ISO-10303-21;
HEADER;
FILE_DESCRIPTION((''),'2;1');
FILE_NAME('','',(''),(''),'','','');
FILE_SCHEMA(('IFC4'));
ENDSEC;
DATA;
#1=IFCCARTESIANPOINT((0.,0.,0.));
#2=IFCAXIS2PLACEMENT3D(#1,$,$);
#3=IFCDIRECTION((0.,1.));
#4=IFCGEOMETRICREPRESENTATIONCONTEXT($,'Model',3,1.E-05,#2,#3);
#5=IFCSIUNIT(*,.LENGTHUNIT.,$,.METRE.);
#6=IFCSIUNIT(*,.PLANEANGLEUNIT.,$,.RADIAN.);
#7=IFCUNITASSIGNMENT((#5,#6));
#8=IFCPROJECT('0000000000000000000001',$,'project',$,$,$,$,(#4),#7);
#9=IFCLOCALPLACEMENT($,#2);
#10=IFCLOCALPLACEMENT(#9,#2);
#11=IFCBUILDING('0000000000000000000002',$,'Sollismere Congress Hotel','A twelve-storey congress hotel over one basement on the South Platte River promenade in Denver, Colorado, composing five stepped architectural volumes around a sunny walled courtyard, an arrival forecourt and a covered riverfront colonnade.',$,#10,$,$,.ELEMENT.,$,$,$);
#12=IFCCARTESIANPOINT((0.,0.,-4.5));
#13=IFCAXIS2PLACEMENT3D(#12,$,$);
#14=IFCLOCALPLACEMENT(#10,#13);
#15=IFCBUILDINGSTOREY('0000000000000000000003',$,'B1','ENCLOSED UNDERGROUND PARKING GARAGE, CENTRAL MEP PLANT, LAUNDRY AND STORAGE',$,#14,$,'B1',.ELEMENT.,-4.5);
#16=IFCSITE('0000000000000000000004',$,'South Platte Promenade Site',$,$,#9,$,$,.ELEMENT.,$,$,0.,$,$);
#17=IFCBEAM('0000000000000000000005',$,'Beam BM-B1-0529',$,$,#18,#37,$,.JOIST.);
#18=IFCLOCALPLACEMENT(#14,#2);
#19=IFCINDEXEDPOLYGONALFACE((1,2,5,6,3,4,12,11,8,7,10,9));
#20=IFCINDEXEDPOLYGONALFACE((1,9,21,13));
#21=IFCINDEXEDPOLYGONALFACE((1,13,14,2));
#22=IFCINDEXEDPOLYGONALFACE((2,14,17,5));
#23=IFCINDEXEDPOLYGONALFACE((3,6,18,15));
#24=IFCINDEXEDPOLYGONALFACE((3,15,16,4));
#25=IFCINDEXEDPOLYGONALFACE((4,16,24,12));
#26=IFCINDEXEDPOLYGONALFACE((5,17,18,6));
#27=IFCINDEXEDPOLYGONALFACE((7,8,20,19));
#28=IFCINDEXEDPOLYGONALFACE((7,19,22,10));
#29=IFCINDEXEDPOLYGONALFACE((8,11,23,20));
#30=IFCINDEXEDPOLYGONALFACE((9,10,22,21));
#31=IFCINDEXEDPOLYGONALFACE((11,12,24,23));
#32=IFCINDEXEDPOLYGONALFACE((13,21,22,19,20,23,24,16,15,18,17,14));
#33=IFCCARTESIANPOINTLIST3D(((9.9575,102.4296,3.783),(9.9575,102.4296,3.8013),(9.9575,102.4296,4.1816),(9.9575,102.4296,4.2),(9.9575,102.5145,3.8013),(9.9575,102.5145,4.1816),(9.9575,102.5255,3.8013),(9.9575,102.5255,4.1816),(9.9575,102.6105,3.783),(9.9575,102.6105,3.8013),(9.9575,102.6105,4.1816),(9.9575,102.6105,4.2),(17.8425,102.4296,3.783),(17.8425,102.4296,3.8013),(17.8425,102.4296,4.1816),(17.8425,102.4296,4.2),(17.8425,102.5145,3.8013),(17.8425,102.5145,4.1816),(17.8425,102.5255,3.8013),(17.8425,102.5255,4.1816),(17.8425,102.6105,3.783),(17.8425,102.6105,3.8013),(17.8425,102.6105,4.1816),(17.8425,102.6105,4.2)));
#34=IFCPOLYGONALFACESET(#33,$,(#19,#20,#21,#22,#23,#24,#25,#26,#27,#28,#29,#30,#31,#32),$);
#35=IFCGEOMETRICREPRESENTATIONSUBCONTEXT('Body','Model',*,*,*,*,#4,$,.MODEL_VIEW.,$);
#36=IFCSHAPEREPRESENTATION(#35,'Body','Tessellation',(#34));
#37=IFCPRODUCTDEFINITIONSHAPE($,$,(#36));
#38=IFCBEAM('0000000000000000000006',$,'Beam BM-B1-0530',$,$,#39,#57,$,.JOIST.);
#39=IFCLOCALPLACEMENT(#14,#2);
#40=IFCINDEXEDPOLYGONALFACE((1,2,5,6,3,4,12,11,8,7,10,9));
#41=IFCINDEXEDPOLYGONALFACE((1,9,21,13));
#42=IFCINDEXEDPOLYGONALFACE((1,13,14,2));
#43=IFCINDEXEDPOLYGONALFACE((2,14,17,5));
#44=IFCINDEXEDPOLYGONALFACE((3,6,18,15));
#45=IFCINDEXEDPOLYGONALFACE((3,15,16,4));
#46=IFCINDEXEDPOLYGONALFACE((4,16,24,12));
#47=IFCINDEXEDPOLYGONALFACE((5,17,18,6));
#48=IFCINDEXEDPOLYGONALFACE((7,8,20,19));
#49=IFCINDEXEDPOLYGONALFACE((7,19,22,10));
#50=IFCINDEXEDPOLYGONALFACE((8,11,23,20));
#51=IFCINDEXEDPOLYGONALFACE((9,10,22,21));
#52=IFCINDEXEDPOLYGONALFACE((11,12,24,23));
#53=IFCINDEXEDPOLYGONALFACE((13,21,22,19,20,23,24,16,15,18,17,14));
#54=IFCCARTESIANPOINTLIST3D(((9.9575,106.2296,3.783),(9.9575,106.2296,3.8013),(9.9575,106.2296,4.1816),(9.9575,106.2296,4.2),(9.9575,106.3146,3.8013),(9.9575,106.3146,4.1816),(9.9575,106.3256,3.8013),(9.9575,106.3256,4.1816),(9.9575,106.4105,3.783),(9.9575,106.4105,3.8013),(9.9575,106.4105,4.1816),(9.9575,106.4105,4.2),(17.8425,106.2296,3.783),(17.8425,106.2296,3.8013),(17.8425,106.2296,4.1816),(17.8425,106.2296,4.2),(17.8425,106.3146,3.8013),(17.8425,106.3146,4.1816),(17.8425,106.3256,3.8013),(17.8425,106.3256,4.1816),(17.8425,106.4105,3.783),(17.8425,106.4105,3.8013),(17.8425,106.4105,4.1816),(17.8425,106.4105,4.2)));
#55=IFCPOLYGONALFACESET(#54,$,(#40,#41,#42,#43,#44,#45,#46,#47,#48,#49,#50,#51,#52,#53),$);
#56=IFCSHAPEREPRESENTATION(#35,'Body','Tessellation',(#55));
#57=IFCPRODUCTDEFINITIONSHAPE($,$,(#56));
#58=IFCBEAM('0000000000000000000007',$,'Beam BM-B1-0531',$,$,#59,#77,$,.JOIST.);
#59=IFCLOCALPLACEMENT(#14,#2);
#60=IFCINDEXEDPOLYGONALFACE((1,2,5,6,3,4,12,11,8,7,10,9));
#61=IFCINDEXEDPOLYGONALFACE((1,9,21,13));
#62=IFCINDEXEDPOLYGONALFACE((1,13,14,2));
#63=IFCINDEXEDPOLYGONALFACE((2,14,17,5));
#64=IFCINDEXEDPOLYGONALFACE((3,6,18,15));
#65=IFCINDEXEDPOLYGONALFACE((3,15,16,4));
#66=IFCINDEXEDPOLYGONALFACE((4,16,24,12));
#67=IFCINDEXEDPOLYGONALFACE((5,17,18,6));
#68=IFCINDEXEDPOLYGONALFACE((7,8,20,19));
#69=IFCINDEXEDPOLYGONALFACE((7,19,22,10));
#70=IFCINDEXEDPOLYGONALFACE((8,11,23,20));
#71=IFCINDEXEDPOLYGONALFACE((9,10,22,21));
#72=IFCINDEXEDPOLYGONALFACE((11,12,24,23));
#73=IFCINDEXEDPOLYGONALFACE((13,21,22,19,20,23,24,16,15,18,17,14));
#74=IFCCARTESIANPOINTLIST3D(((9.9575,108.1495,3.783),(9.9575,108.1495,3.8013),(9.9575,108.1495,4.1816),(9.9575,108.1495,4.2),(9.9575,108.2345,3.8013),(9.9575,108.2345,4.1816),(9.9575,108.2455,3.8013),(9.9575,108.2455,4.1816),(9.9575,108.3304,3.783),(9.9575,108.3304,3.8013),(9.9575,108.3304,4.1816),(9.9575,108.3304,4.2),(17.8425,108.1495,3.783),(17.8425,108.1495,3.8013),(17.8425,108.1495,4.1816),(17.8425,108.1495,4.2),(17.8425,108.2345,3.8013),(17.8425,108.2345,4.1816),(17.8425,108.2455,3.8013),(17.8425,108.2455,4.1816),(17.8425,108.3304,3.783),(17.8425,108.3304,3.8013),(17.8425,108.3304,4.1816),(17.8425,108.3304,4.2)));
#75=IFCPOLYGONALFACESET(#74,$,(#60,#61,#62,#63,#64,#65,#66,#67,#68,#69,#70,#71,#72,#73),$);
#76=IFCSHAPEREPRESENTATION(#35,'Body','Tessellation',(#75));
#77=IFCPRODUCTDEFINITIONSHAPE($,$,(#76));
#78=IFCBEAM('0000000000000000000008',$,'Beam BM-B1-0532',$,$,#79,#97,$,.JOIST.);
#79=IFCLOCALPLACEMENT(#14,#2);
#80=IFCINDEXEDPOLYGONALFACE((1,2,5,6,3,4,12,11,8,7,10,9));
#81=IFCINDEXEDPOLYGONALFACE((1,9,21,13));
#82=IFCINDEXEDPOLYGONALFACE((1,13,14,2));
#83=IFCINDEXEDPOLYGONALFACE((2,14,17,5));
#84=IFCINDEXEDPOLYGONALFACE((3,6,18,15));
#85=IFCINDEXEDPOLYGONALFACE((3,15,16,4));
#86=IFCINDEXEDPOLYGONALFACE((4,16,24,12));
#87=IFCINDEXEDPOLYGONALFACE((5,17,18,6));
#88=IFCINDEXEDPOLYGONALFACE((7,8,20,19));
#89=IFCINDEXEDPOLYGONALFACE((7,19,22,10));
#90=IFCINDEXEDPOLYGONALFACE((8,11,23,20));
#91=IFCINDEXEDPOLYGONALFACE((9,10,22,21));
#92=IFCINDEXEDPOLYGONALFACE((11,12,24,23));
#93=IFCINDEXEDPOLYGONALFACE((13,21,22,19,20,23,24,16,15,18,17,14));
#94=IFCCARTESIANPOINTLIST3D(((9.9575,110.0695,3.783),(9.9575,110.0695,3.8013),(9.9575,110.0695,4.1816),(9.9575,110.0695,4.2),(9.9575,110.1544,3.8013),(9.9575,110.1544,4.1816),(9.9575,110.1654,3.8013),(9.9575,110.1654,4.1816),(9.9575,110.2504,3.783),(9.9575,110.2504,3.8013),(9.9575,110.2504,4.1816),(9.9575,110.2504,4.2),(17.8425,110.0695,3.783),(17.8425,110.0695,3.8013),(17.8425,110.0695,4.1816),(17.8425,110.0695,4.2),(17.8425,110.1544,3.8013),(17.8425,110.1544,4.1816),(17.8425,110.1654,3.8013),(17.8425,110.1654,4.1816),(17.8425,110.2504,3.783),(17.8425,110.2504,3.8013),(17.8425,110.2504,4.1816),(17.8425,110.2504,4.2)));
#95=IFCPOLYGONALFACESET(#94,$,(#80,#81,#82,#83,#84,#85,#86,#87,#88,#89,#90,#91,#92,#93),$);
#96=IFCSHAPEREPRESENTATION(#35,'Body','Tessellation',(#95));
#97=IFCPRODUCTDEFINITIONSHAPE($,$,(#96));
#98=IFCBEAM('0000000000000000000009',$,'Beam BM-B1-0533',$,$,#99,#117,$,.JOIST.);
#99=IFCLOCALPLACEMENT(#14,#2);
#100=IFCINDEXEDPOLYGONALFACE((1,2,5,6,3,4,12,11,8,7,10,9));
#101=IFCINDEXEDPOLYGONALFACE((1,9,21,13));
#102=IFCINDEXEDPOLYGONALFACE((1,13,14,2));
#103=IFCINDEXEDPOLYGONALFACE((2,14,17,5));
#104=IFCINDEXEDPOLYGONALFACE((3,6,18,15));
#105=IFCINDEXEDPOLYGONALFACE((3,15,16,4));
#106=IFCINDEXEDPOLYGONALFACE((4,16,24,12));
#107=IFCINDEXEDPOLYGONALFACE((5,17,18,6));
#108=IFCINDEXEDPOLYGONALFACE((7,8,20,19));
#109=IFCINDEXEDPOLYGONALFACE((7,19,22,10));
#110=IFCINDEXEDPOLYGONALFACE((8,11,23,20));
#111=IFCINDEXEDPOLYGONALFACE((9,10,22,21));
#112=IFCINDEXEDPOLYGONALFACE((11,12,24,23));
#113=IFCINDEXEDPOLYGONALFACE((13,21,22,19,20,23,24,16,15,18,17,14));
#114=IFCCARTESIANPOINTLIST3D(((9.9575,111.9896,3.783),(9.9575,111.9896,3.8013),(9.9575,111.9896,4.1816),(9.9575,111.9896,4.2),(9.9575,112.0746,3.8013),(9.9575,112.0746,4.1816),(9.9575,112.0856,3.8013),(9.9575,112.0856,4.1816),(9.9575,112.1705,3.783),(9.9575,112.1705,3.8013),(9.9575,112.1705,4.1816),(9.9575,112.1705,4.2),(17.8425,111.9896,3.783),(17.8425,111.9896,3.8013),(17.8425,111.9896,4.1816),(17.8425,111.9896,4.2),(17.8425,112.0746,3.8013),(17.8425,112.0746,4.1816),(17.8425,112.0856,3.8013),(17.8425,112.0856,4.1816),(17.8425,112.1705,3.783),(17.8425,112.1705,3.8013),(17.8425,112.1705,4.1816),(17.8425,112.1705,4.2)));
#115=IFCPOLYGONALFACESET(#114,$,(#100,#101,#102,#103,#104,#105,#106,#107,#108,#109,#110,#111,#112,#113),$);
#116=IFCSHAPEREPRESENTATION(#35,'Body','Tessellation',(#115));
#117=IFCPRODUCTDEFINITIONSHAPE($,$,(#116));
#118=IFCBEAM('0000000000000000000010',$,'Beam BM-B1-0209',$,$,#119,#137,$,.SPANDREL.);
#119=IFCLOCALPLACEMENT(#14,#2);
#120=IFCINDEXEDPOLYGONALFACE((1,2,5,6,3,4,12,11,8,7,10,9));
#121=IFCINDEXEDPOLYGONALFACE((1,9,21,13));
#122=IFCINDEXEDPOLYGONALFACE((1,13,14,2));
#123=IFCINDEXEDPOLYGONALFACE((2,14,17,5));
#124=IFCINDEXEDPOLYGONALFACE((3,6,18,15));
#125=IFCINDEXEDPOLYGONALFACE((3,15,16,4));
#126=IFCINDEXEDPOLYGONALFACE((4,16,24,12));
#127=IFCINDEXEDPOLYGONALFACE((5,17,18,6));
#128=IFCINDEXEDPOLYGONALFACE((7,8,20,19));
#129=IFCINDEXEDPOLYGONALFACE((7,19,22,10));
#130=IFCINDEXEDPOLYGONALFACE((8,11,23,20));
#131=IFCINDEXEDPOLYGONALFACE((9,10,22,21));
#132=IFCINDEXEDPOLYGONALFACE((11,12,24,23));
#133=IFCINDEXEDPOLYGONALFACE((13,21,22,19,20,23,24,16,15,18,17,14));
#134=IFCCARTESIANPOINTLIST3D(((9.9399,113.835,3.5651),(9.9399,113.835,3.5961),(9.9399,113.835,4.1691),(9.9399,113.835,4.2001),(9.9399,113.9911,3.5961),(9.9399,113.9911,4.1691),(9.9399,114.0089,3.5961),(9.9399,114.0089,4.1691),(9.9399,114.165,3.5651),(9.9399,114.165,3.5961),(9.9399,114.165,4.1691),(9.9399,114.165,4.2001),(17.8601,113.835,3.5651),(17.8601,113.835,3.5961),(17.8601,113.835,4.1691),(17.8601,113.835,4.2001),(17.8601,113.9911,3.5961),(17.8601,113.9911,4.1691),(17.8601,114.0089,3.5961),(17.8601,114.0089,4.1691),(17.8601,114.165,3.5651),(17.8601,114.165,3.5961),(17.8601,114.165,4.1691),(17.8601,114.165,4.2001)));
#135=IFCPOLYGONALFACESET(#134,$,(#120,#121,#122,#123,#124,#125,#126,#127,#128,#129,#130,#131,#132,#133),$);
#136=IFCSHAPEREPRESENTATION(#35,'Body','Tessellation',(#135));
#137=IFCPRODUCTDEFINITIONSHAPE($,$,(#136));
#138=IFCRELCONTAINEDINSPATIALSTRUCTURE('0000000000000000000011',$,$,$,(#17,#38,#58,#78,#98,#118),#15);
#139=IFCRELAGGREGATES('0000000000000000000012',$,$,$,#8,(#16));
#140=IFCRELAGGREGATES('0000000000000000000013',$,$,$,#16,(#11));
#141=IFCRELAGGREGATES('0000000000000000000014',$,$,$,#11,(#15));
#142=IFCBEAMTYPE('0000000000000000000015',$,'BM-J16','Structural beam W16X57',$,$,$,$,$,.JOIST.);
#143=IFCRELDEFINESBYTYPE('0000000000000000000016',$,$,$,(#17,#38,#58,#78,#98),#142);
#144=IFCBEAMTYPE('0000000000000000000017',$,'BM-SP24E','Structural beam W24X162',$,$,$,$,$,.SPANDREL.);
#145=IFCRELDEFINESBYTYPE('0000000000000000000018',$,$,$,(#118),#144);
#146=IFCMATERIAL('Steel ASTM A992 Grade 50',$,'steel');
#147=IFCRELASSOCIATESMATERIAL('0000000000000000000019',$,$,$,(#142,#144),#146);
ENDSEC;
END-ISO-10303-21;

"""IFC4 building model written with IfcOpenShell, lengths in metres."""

from ifc_helpers import new_model, si_unit, direction, frame, origin, origin_2d, place, context, subcontext, project, spatial, i_section, extrude, material, material_profile, profile_set, type_object, element, save


model = new_model("IFC4")

# Units and contexts
model_context = context("Model", 3, precision=1e-05, world=origin(), true_north=direction((0.0, 1.0)))
body_context = subcontext(model_context, "Body", "Model", "MODEL_VIEW")
ifc_project = project(units=[si_unit("LENGTHUNIT", "METRE"), si_unit("PLANEANGLEUNIT", "RADIAN")], contexts=[model_context])

# Site, building, storey
site_placement = place(None, origin())
site = spatial("IfcSite", under=ifc_project, at=site_placement, Name="South Platte Promenade Site", CompositionType="ELEMENT", RefElevation=0.0)
building_placement = place(site_placement, origin())
building = spatial("IfcBuilding", under=site, at=building_placement, Name="Sollismere Congress Hotel", Description="A twelve-storey congress hotel over one basement on the South Platte River promenade in Denver, Colorado, composing five stepped architectural volumes around a sunny walled courtyard, an arrival forecourt and a covered riverfront colonnade.", CompositionType="ELEMENT")
storey_placement = place(building_placement, frame((0.0, 0.0, -4.5)))
storey = spatial("IfcBuildingStorey", under=building, at=storey_placement, Name="B1", Description="ENCLOSED UNDERGROUND PARKING GARAGE, CENTRAL MEP PLANT, LAUNDRY AND STORAGE", LongName="B1", CompositionType="ELEMENT", Elevation=-4.5)

# Beams
ifc_material_1 = material(Name="Steel ASTM A992 Grade 50", Category="steel")
ifc_material_profile_1 = material_profile(ifc_material_1, i_section(OverallWidth=0.1809, OverallDepth=0.417, WebThickness=0.011, FlangeThickness=0.0183, at=origin_2d()), Name="W16X57")
ifc_profile_set_1 = profile_set([ifc_material_profile_1], Name="Steel ASTM A992 Grade 50")
beam_type_1 = type_object("IfcBeamType", Name="BM-J16", Description="Structural beam W16X57", PredefinedType="JOIST", material=ifc_profile_set_1)
for number, where, z_axis, x_axis, name in (
    (1, (9.9575, 102.52, 3.9915), (1.0, 0.0, 0.0), (0.0, 1.0, 0.0), "Beam BM-B1-0529"),
    (2, (9.9575, 106.3201, 3.9915), (1.0, 0.0, 0.0), (0.0, 1.0, 0.0), "Beam BM-B1-0530"),
    (3, (9.9575, 108.24, 3.9915), (1.0, 0.0, 0.0), (0.0, 1.0, 0.0), "Beam BM-B1-0531"),
    (4, (9.9575, 110.1599, 3.9915), (1.0, 0.0, 0.0), (0.0, 1.0, 0.0), "Beam BM-B1-0532"),
    (5, (9.9575, 112.0801, 3.9915), (1.0, 0.0, 0.0), (0.0, 1.0, 0.0), "Beam BM-B1-0533"),
):
    element("IfcBeam", number, at=place(storey_placement, frame(where, z_axis=z_axis, x_axis=x_axis)), inside=storey, type_object=beam_type_1, Name=name, PredefinedType="JOIST", context=body_context, shape_type="SweptSolid", body=[
        extrude(i_section(OverallWidth=0.1809, OverallDepth=0.417, WebThickness=0.011, FlangeThickness=0.0183, at=origin_2d()), origin(), (0.0, 0.0, 1.0), 7.885),
    ])
ifc_material_profile_2 = material_profile(ifc_material_1, i_section(OverallWidth=0.3301, OverallDepth=0.635, WebThickness=0.0178, FlangeThickness=0.031, at=origin_2d()), Name="W24X162")
ifc_profile_set_2 = profile_set([ifc_material_profile_2], Name="Steel ASTM A992 Grade 50")
beam_type_2 = type_object("IfcBeamType", Name="BM-SP24E", Description="Structural beam W24X162", PredefinedType="SPANDREL", material=ifc_profile_set_2)
beam_1_placement = place(storey_placement, frame((9.9399, 114.0, 3.8826), z_axis=(1.0, 0.0, 0.0), x_axis=(0.0, 1.0, 0.0)))
element("IfcBeam", 6, at=beam_1_placement, inside=storey, type_object=beam_type_2, Name="Beam BM-B1-0209", PredefinedType="SPANDREL", context=body_context, shape_type="SweptSolid", body=[
    extrude(i_section(OverallWidth=0.3301, OverallDepth=0.635, WebThickness=0.0178, FlangeThickness=0.031, at=origin_2d()), origin(), (0.0, 0.0, 1.0), 7.9202),
])

save(model, "model.ifc")
